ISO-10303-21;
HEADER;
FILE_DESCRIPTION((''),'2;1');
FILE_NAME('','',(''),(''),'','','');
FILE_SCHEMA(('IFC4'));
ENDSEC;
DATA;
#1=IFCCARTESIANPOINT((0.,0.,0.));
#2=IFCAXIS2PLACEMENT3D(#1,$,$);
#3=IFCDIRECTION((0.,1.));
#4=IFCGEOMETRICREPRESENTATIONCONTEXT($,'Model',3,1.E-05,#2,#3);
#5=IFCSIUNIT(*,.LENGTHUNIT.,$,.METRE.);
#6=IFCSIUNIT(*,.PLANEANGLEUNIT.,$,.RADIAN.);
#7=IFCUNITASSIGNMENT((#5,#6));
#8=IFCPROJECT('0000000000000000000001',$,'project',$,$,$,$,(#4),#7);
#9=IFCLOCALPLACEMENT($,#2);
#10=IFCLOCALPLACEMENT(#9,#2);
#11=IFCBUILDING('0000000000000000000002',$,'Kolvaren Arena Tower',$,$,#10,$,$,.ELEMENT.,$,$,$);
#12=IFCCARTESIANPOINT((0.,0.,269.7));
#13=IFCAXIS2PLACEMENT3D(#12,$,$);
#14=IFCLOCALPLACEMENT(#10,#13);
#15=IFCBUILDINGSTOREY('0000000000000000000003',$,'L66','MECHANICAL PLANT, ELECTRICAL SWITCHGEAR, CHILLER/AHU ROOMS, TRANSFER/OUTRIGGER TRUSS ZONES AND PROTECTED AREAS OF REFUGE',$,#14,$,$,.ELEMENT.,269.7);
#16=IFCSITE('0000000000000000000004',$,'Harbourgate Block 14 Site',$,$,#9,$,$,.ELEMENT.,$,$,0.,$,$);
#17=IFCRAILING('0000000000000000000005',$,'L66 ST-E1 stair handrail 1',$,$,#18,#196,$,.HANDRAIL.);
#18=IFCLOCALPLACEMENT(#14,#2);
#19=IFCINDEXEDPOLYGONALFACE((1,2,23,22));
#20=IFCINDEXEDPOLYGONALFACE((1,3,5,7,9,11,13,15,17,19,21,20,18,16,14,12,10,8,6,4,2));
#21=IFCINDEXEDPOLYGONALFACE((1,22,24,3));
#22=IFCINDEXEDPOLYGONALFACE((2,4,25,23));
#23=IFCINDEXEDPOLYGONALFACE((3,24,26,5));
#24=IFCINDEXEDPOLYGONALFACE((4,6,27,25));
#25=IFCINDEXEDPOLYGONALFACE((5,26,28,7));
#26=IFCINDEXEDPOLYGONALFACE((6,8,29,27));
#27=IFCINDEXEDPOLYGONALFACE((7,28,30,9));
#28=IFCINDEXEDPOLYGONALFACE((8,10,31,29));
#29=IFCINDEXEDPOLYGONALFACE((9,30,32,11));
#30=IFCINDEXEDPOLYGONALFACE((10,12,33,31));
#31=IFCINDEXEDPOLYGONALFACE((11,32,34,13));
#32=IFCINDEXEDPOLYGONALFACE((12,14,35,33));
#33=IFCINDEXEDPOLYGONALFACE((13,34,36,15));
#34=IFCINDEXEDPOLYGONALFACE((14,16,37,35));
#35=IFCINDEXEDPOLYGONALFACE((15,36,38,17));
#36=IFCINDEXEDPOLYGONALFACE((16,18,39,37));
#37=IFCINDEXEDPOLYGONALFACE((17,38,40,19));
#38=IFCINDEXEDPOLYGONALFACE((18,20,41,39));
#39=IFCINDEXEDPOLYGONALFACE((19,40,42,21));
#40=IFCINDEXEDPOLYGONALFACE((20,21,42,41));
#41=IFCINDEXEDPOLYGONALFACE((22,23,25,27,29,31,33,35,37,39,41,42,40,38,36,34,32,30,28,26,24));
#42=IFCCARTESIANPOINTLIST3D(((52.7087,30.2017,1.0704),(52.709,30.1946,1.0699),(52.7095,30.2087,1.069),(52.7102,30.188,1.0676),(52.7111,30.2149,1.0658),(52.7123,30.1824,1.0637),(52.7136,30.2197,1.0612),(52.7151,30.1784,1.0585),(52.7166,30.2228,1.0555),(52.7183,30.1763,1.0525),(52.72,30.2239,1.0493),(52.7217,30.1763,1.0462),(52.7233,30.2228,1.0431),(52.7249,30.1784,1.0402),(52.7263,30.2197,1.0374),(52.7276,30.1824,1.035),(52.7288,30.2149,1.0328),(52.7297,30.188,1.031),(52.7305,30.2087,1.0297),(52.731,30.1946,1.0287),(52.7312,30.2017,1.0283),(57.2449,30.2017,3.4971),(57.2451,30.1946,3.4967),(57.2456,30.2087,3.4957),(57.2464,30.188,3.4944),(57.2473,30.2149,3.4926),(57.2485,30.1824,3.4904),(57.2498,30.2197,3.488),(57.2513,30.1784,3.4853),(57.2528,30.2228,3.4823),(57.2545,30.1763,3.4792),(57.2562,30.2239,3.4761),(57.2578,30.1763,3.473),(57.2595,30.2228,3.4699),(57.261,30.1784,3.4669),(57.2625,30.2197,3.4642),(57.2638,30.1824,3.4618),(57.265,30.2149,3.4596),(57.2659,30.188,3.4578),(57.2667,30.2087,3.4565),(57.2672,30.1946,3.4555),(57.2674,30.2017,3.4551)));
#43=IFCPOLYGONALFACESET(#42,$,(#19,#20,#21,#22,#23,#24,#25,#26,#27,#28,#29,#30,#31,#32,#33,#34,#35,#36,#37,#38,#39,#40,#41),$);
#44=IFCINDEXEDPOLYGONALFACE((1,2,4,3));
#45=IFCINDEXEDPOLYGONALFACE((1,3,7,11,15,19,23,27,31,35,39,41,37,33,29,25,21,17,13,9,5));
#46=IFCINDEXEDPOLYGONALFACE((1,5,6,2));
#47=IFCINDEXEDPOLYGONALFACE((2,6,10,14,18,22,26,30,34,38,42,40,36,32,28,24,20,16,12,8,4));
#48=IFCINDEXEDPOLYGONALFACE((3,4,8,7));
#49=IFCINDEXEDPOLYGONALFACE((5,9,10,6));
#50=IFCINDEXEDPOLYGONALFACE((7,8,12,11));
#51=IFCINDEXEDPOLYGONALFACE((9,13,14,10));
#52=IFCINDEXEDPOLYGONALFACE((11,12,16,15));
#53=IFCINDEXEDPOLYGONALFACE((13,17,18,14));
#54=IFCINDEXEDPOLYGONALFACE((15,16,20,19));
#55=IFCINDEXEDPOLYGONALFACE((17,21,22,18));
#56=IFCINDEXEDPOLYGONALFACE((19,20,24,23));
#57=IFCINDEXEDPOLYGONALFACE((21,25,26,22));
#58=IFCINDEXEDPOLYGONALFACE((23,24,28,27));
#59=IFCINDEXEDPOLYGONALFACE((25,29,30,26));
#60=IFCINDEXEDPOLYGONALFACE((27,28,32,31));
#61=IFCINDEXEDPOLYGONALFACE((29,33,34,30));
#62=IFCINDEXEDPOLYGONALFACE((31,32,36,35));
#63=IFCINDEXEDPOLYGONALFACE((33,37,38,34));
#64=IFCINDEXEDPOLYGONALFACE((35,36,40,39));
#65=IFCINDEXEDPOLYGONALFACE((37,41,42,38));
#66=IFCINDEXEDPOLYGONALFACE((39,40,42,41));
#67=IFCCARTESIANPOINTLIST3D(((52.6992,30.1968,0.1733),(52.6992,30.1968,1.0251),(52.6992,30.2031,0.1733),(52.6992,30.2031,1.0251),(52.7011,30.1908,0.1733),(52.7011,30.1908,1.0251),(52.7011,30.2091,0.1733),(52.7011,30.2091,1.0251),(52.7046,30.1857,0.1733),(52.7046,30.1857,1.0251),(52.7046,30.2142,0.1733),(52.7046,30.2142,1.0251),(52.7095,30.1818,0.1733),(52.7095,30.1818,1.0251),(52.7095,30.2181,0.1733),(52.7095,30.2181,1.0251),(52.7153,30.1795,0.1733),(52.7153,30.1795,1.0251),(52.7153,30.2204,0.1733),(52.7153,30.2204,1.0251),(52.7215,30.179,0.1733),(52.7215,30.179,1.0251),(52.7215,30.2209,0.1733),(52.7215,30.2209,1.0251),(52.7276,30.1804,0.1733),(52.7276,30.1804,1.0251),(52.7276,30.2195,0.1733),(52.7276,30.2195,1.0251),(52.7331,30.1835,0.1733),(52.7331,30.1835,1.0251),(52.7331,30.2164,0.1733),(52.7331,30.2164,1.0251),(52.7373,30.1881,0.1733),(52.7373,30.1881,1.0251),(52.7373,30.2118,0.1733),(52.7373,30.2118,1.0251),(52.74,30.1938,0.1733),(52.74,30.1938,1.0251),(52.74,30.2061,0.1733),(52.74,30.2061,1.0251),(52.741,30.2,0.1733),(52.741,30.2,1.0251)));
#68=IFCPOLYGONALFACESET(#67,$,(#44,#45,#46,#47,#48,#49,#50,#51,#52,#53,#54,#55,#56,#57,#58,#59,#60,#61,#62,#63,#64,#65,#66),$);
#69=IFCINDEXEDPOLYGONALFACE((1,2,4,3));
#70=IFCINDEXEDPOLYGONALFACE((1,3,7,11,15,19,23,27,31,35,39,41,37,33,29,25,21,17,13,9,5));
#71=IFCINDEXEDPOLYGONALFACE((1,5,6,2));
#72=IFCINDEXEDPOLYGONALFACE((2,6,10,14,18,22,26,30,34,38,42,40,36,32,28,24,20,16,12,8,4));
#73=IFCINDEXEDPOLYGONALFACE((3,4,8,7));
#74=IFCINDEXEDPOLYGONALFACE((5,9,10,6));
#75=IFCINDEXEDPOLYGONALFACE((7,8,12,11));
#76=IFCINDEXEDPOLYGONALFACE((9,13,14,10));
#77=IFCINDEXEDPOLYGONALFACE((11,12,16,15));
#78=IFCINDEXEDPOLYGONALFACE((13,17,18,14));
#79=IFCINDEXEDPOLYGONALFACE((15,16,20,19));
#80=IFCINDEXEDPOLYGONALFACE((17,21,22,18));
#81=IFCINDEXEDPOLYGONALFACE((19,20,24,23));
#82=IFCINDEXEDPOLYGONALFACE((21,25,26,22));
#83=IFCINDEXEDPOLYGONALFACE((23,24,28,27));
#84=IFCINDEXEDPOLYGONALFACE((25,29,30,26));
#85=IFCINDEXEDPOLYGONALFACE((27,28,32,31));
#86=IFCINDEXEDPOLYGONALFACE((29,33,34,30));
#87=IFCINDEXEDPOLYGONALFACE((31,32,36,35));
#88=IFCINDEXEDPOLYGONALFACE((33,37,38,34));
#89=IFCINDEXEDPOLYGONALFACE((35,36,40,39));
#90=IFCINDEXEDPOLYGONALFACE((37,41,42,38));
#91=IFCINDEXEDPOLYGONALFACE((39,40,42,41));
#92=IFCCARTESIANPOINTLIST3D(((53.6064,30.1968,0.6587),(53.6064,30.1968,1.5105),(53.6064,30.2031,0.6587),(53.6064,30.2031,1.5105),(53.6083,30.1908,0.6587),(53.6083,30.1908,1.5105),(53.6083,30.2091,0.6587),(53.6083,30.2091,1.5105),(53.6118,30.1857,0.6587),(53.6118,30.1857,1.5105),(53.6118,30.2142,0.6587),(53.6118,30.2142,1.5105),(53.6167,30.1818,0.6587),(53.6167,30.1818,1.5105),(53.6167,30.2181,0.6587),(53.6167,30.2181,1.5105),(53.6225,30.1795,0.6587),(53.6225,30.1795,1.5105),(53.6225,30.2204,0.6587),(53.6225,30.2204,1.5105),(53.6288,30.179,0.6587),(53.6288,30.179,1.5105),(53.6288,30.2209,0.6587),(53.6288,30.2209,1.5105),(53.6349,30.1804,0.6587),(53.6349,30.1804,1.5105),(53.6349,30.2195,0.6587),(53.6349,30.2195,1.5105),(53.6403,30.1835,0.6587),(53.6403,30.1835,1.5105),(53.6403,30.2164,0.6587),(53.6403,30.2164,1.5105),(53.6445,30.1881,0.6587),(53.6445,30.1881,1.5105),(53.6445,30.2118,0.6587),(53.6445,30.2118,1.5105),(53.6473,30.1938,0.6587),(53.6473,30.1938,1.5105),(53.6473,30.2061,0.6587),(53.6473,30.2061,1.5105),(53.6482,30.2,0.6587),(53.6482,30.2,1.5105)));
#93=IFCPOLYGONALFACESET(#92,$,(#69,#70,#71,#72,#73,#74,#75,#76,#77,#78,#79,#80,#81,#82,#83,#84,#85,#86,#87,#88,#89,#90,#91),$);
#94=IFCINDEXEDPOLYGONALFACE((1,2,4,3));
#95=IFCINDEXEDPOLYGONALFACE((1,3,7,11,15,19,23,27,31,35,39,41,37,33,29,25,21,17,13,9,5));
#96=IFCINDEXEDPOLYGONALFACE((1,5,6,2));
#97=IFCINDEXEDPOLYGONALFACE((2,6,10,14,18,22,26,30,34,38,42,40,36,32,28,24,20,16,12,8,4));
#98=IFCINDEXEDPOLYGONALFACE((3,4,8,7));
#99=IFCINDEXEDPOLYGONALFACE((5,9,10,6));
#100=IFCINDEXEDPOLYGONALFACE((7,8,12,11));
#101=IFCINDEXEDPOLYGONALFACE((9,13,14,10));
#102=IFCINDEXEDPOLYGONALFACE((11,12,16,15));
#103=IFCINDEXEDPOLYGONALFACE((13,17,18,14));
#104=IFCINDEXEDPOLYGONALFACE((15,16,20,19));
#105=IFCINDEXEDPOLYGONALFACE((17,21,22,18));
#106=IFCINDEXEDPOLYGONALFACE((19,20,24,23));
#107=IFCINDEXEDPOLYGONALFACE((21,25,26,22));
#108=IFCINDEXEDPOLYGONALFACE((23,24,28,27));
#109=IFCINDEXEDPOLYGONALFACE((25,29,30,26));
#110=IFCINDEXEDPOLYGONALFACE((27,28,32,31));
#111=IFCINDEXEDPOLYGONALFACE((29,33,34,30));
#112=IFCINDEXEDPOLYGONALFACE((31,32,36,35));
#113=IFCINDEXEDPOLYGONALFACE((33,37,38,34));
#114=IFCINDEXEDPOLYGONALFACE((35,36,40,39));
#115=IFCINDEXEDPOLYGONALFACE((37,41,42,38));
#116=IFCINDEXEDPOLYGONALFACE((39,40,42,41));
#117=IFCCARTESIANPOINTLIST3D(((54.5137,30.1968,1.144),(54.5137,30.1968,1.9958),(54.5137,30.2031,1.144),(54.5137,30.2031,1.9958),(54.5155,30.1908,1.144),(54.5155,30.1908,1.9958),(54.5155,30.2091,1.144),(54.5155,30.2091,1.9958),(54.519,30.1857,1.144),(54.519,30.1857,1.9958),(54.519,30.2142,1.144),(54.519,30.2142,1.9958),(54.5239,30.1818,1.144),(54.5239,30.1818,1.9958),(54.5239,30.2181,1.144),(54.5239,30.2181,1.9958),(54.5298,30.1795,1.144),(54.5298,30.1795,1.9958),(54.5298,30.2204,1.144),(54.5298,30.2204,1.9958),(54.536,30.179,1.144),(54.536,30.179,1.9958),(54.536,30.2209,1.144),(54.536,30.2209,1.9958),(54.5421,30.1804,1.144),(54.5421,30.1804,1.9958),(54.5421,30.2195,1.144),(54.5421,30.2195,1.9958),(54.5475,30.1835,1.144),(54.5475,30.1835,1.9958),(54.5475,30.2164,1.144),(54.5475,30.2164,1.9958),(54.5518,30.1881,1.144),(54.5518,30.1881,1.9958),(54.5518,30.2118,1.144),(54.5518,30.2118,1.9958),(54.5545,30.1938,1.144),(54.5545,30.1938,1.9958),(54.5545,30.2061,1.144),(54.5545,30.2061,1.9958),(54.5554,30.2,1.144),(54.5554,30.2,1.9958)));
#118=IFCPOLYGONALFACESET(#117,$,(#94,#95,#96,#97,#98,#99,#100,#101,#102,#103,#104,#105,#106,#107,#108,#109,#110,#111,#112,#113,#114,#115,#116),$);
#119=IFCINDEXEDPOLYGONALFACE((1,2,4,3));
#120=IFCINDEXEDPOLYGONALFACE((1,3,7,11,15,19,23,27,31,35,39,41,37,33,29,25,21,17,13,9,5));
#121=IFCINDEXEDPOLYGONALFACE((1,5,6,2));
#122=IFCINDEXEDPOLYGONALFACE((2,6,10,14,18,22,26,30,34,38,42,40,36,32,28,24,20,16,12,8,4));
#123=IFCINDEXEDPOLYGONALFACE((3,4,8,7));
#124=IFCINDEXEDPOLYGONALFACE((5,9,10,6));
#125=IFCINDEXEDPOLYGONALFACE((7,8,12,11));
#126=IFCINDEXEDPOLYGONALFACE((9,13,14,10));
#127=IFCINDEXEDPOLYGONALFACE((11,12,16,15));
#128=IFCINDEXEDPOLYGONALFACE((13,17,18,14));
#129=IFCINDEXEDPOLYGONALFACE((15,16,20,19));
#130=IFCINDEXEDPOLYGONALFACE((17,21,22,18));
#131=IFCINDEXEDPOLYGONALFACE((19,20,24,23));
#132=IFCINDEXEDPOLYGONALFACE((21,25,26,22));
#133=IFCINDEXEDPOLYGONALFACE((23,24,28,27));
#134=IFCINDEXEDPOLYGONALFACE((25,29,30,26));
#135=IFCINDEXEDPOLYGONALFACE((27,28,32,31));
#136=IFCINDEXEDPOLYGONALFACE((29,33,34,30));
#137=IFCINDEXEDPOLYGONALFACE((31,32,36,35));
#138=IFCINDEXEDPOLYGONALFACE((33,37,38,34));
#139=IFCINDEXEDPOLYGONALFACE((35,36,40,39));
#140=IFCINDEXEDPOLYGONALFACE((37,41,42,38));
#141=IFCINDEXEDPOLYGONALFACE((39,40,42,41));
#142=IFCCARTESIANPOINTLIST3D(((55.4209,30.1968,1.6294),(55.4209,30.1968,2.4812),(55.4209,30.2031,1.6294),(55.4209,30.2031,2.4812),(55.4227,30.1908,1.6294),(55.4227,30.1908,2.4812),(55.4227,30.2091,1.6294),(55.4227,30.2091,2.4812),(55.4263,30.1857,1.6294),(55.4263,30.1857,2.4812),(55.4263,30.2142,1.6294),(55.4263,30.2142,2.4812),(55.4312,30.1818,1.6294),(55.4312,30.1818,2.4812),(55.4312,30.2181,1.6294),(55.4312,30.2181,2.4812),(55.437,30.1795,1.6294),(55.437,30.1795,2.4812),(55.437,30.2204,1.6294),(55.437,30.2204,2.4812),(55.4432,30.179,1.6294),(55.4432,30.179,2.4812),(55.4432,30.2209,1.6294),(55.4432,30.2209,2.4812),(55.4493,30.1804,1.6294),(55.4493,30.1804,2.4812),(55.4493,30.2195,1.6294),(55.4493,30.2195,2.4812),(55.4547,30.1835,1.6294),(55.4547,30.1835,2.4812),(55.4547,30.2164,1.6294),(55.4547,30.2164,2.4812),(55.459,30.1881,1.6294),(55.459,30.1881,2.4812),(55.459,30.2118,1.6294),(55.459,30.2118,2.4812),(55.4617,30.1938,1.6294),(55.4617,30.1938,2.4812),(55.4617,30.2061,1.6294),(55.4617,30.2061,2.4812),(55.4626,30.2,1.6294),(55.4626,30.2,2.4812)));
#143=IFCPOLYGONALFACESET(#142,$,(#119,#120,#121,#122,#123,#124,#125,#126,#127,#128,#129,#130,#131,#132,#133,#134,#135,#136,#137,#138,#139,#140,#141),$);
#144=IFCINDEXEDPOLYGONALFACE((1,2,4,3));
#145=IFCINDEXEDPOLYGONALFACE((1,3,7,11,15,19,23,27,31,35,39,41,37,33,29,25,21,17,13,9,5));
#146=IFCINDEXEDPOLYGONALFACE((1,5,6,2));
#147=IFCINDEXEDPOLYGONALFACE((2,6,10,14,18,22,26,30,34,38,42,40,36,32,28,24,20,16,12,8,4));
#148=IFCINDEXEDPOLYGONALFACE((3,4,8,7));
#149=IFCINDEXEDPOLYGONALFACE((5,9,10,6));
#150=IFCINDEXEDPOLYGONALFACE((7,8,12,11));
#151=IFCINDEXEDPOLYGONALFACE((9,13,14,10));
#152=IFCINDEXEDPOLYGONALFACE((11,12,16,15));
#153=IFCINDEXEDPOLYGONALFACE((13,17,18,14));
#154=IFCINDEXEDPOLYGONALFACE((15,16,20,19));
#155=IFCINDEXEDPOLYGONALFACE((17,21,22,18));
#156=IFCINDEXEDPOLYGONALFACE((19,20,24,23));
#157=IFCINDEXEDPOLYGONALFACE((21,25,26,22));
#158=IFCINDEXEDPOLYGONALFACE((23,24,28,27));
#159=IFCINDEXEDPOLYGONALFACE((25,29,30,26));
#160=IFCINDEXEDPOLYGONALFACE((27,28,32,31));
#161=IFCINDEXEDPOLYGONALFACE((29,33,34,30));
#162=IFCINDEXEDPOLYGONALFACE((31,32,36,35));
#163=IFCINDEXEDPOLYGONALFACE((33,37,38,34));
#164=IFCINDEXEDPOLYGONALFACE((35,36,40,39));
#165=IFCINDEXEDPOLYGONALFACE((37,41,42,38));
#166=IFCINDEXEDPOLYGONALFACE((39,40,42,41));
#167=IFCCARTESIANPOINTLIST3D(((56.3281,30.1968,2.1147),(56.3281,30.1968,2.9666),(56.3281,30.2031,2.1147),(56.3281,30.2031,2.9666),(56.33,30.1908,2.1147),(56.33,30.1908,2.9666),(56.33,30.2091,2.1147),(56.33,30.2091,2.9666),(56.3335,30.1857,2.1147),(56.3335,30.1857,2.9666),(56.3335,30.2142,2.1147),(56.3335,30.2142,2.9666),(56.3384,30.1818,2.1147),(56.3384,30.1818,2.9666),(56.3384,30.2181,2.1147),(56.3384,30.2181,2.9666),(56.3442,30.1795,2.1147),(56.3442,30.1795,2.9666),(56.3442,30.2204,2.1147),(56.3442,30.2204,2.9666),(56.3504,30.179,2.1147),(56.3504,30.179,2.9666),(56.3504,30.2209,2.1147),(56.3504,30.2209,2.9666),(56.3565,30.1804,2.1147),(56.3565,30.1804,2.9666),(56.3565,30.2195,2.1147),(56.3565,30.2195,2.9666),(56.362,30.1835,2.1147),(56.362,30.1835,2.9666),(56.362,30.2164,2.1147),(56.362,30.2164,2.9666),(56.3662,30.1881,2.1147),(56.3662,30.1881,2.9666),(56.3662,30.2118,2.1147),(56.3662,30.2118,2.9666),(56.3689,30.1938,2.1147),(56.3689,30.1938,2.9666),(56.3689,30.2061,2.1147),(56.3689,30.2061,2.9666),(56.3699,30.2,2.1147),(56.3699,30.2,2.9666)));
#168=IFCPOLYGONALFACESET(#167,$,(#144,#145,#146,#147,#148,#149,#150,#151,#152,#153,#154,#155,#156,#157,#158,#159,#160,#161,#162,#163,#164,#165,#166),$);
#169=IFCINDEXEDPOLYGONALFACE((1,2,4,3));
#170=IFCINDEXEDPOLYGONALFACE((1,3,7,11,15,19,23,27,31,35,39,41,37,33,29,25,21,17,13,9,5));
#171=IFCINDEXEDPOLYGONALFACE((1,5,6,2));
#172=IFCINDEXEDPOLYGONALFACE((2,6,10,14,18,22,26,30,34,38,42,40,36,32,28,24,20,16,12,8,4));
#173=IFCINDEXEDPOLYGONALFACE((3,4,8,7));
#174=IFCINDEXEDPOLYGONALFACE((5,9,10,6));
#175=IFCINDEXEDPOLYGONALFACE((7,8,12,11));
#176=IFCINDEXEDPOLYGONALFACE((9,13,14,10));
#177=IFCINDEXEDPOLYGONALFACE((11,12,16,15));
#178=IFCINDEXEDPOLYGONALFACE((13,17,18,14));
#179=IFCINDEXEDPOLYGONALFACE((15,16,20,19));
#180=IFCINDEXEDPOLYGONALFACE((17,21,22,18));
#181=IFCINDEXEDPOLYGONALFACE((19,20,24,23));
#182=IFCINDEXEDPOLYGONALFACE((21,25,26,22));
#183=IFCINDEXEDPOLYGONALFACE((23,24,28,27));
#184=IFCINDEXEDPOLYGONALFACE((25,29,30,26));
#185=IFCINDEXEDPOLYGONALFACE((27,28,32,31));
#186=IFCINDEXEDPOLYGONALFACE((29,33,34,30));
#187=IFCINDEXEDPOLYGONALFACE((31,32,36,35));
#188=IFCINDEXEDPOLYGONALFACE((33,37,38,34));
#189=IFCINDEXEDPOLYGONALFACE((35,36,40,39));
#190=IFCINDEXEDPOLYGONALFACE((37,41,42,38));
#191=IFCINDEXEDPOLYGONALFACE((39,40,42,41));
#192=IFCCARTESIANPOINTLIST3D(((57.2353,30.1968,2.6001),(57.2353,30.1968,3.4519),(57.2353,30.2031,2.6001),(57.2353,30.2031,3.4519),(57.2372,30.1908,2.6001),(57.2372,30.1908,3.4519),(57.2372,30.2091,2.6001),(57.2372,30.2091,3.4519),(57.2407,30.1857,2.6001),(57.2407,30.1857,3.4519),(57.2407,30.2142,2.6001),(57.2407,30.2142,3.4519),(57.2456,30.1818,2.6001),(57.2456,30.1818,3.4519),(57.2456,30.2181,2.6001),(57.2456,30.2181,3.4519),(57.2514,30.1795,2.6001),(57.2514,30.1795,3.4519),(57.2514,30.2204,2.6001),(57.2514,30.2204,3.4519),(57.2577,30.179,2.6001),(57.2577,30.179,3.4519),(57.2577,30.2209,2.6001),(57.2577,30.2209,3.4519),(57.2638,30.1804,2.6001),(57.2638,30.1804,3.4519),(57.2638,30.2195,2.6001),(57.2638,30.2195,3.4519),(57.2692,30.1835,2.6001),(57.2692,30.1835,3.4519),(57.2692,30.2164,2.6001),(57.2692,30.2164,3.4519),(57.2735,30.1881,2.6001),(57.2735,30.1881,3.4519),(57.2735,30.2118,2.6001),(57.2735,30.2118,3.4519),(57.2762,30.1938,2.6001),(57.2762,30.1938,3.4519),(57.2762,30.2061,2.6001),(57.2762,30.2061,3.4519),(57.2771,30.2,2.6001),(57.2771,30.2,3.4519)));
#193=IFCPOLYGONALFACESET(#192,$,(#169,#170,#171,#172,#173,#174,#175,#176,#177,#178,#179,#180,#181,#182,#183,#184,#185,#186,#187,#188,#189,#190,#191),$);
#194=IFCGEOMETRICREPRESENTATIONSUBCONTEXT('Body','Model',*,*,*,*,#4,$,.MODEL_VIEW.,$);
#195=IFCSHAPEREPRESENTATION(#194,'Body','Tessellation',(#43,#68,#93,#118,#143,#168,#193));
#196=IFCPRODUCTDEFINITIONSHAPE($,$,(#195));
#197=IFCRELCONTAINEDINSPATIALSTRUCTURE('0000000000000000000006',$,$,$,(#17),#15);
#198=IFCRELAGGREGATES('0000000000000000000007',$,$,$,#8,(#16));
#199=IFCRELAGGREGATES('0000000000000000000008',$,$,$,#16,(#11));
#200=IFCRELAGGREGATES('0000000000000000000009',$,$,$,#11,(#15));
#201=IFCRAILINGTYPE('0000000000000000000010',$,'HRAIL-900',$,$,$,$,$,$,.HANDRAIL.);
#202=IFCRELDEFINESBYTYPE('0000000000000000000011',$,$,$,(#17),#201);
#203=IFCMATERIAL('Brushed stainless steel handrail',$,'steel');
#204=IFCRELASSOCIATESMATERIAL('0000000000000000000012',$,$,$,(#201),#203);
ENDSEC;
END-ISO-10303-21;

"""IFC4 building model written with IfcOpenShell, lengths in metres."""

from ifc_helpers import new_model, si_unit, direction, frame, origin, origin_2d, place, context, subcontext, project, spatial, circle, extrude, material, type_object, element, save


model = new_model("IFC4")

# Units and contexts
model_context = context("Model", 3, precision=1e-05, world=origin(), true_north=direction((0.0, 1.0)))
body_context = subcontext(model_context, "Body", "Model", "MODEL_VIEW")
ifc_project = project(units=[si_unit("LENGTHUNIT", "METRE"), si_unit("PLANEANGLEUNIT", "RADIAN")], contexts=[model_context])

# Site, building, storey
site_placement = place(None, origin())
site = spatial("IfcSite", under=ifc_project, at=site_placement, Name="Harbourgate Block 14 Site", CompositionType="ELEMENT", RefElevation=0.0)
building_placement = place(site_placement, origin())
building = spatial("IfcBuilding", under=site, at=building_placement, Name="Kolvaren Arena Tower", CompositionType="ELEMENT")
storey_placement = place(building_placement, frame((0.0, 0.0, 269.7)))
storey = spatial("IfcBuildingStorey", under=building, at=storey_placement, Name="L66", Description="MECHANICAL PLANT, ELECTRICAL SWITCHGEAR, CHILLER/AHU ROOMS, TRANSFER/OUTRIGGER TRUSS ZONES AND PROTECTED AREAS OF REFUGE", CompositionType="ELEMENT", Elevation=269.7)

# Railing
ifc_material_1 = material(Name="Brushed stainless steel handrail", Category="steel")
railing_type_1 = type_object("IfcRailingType", Name="HRAIL-900", PredefinedType="HANDRAIL", material=ifc_material_1)
railing_1_placement = place(storey_placement, frame((52.72, 30.2, 0.1733)))
element("IfcRailing", 1, at=railing_1_placement, inside=storey, type_object=railing_type_1, Name="L66 ST-E1 stair handrail 1", PredefinedType="HANDRAIL", context=body_context, shape_type="SweptSolid", body=[
    extrude(circle(Radius=0.0239, at=origin_2d()), frame((0.0, 0.0, 0.876), z_axis=(0.881748, 0.0, 0.471721), x_axis=(0.0, 1.0, 0.0)), (0.0, 0.0, 1.0), 5.1445),
    extrude(circle(Radius=0.021, at=origin_2d()), origin(), (0.0, 0.0, 1.0), 0.8518),
    extrude(circle(Radius=0.021, at=origin_2d()), frame((0.9072, 0.0, 0.4854)), (0.0, 0.0, 1.0), 0.8518),
    extrude(circle(Radius=0.021, at=origin_2d()), frame((1.8145, 0.0, 0.9707)), (0.0, 0.0, 1.0), 0.8518),
    extrude(circle(Radius=0.021, at=origin_2d()), frame((2.7217, 0.0, 1.4561)), (0.0, 0.0, 1.0), 0.8518),
    extrude(circle(Radius=0.021, at=origin_2d()), frame((3.6289, 0.0, 1.9414)), (0.0, 0.0, 1.0), 0.8518),
    extrude(circle(Radius=0.021, at=origin_2d()), frame((4.5361, 0.0, 2.4268)), (0.0, 0.0, 1.0), 0.8518),
])

save(model, "model.ifc")
